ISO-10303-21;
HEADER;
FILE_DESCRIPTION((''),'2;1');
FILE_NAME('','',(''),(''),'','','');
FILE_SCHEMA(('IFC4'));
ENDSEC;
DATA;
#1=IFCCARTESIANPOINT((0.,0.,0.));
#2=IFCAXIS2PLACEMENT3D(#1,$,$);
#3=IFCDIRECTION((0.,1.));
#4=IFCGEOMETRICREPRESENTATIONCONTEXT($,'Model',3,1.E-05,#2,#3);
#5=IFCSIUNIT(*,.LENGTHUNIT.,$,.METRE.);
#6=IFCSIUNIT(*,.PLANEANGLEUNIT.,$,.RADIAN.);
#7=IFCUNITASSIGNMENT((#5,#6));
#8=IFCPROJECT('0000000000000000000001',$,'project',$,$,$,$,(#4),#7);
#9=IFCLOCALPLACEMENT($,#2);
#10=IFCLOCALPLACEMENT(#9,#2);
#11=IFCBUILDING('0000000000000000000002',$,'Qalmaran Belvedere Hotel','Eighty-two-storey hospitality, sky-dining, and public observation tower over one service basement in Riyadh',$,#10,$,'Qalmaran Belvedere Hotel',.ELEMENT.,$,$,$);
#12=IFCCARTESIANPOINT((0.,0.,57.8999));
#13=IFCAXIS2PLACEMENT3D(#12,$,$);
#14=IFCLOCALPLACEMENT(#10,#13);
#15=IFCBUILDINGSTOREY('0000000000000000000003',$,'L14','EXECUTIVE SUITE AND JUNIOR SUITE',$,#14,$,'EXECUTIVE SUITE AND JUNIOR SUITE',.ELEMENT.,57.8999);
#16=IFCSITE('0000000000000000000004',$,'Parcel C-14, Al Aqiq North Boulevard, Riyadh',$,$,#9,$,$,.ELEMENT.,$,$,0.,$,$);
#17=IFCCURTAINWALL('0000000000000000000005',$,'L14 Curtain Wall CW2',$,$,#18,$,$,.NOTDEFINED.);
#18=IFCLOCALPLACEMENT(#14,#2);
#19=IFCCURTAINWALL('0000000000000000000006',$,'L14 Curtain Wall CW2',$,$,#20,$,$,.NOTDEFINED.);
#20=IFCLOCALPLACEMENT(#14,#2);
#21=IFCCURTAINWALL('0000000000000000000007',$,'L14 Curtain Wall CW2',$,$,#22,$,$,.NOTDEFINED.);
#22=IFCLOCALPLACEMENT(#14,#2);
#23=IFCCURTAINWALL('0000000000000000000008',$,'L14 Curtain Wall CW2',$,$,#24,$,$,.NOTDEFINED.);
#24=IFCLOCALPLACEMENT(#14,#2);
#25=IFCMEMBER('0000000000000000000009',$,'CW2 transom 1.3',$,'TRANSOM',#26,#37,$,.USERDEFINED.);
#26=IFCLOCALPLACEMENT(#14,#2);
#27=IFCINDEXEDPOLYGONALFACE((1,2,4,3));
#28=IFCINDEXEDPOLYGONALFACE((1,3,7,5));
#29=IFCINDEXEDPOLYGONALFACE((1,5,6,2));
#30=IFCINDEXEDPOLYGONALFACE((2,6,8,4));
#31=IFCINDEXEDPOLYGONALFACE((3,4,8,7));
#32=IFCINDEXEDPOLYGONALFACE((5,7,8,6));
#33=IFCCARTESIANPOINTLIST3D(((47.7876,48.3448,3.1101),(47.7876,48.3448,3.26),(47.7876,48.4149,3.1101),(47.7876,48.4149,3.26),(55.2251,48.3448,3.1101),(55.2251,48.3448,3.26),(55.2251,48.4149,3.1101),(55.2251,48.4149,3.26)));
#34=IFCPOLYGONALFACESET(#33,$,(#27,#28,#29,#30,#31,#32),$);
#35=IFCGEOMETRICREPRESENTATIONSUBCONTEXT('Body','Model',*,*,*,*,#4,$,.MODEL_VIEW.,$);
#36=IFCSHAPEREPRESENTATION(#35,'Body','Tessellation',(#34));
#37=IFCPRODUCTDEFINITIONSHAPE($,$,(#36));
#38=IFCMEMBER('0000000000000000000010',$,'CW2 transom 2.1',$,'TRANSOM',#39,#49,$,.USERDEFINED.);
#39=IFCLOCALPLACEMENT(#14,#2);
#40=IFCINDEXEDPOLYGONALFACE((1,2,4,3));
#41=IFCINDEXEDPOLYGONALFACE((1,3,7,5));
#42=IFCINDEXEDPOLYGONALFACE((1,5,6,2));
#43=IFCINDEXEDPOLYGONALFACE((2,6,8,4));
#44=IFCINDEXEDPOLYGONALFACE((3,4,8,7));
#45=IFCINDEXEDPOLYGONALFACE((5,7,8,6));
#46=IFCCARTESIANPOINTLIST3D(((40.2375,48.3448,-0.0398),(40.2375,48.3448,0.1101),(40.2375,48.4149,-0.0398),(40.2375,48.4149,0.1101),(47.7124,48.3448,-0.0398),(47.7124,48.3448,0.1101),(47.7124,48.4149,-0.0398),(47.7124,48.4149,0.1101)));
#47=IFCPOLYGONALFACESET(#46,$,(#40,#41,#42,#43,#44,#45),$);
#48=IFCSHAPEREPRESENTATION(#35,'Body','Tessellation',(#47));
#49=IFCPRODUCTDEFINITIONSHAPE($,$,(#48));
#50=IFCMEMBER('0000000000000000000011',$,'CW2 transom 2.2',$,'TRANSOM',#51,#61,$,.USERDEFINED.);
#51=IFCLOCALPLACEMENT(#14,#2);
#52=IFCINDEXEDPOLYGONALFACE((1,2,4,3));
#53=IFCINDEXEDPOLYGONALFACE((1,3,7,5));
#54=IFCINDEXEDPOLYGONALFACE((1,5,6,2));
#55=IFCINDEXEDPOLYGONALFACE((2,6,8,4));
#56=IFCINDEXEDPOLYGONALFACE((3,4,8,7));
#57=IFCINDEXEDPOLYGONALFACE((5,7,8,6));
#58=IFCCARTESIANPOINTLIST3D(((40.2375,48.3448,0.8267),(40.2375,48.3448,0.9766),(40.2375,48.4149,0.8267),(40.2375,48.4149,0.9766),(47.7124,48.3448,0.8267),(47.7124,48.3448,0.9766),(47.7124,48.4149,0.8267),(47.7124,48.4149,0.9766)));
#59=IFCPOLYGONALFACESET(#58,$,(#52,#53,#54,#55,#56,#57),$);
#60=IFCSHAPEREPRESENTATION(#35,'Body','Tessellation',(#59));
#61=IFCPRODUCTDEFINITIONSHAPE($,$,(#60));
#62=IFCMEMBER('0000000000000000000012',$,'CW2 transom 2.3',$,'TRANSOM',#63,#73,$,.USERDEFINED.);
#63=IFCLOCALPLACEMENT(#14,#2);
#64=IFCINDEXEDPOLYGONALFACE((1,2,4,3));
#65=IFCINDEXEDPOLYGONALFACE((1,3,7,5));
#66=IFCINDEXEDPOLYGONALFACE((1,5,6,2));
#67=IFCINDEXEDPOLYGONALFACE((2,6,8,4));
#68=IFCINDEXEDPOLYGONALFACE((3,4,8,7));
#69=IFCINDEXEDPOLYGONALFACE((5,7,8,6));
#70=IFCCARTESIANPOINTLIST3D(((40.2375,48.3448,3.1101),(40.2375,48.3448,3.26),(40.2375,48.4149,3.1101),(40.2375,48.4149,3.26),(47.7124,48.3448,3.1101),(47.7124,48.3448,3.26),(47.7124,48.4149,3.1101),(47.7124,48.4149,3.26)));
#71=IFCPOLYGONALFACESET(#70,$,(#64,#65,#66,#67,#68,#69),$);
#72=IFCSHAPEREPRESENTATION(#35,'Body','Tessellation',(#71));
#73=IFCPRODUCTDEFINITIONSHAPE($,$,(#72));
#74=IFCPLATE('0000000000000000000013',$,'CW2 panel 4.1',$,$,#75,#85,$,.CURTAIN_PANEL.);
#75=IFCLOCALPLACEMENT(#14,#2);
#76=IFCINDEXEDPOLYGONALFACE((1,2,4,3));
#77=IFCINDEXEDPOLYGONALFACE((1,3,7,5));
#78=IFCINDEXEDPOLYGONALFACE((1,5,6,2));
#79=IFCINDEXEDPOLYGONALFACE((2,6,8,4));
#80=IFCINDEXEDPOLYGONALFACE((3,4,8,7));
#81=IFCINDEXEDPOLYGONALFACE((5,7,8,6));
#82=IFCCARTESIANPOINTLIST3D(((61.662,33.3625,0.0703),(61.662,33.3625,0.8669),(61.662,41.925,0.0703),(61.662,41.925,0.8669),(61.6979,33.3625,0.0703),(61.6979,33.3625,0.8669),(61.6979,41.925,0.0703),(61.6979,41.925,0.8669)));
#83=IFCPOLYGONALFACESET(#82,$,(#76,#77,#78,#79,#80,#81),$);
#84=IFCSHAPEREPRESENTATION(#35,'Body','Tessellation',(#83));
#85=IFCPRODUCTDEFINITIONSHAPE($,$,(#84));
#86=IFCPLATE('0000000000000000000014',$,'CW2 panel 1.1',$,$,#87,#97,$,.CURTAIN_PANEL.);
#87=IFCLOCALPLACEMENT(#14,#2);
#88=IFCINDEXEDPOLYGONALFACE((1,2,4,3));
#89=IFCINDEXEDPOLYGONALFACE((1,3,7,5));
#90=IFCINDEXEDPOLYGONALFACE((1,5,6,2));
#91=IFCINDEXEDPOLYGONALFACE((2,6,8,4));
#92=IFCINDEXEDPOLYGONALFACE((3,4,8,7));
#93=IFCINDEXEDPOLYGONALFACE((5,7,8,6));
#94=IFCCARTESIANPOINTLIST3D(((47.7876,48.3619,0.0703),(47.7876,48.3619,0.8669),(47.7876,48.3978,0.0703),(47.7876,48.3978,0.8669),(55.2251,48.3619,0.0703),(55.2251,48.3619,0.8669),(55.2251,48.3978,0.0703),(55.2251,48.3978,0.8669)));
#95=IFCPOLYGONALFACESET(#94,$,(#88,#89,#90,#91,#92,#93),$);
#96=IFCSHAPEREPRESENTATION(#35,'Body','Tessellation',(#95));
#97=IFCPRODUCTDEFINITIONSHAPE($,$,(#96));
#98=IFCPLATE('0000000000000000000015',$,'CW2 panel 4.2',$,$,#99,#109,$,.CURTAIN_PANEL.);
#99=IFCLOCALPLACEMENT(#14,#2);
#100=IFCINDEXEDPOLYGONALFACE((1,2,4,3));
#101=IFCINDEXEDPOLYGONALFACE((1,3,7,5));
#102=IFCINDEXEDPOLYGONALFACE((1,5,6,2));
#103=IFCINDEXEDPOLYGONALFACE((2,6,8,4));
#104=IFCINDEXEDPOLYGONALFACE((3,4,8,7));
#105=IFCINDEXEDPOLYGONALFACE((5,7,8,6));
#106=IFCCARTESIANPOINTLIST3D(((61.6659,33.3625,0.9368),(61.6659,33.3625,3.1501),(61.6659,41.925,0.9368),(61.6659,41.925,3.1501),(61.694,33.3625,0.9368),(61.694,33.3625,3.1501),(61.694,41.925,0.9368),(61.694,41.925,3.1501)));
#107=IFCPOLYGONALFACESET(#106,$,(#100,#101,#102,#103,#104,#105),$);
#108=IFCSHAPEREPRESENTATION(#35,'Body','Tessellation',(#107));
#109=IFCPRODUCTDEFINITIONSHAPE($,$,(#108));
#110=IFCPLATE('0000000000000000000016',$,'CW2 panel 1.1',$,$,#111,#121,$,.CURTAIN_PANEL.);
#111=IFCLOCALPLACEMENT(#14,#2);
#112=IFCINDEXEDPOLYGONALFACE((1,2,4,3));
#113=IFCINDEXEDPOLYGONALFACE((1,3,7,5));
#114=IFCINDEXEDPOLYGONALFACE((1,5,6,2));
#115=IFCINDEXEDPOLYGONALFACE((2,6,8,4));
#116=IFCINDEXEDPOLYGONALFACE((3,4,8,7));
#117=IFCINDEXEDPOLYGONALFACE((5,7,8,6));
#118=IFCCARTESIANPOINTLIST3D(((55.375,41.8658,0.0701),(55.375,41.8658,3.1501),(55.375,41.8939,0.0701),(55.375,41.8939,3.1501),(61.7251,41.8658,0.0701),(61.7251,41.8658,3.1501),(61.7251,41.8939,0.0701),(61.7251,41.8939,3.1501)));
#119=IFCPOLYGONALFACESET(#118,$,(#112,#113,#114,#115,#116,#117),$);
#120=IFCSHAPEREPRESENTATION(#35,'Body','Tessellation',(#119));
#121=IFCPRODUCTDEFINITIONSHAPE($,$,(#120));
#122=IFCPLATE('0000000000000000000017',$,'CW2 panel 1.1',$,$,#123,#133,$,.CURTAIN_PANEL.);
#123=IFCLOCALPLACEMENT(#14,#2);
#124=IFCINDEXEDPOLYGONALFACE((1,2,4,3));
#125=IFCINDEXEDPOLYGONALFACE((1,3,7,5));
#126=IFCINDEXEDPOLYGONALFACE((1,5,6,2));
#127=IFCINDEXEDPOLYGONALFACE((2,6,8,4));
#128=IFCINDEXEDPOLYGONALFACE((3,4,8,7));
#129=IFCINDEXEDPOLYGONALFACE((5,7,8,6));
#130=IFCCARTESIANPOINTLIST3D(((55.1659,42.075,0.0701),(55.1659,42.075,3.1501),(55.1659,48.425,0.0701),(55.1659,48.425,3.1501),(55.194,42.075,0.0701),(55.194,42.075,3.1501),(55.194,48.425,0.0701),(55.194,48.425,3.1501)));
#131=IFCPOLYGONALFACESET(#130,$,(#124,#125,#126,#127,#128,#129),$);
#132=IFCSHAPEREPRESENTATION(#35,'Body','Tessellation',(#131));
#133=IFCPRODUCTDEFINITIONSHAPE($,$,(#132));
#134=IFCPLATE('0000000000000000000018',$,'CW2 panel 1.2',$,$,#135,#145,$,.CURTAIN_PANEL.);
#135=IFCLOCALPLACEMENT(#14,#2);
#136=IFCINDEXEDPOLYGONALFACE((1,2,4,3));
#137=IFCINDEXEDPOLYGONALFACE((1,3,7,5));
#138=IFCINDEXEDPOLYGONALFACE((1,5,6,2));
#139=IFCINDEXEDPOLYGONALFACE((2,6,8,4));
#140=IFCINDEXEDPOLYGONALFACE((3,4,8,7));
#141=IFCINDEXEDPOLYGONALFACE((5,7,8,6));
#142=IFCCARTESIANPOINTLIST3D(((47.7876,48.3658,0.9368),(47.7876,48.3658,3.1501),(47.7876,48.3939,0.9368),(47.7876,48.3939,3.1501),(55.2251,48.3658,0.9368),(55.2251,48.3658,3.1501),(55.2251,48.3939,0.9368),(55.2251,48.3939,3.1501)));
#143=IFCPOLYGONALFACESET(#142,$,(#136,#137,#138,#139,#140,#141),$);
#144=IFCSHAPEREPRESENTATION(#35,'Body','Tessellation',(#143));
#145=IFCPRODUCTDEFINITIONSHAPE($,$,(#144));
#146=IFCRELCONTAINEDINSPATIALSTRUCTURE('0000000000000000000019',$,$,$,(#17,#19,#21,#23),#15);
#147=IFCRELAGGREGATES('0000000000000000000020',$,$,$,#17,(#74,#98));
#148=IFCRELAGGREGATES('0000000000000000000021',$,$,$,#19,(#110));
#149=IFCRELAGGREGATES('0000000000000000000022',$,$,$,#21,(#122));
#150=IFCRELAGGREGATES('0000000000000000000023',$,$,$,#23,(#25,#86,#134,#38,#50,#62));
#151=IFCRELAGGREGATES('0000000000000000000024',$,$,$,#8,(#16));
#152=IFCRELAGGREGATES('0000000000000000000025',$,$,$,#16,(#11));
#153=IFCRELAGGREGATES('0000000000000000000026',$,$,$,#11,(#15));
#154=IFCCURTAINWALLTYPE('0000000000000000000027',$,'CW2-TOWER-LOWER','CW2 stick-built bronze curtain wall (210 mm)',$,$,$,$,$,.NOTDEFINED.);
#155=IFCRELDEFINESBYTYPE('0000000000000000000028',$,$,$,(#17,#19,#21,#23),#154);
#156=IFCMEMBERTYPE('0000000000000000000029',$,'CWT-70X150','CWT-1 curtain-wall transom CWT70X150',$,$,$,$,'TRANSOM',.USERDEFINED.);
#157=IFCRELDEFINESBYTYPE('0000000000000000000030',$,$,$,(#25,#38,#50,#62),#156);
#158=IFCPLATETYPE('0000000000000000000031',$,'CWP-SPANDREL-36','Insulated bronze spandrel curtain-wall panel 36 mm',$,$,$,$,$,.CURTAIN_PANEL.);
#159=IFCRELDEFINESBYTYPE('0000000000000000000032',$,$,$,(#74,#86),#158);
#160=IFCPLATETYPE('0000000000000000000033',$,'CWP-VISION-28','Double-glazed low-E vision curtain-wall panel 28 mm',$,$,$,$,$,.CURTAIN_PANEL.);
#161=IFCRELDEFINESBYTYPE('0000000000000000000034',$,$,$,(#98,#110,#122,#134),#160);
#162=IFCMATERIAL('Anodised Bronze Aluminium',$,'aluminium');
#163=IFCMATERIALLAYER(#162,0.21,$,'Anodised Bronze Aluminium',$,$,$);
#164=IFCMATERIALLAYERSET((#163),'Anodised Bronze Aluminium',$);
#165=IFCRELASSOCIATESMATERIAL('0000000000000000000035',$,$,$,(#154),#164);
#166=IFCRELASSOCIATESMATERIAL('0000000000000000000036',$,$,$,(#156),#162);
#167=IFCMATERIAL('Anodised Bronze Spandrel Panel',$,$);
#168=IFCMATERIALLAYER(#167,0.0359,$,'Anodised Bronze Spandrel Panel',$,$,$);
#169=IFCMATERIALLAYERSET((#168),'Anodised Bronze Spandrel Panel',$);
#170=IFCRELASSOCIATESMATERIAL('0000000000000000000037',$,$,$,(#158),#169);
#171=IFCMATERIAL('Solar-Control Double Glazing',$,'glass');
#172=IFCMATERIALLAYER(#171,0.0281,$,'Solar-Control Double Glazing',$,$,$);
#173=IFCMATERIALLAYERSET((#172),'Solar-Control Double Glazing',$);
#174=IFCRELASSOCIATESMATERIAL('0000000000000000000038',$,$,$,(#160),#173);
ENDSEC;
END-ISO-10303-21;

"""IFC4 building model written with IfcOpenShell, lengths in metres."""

from ifc_helpers import new_model, si_unit, direction, frame, origin, origin_2d, place, context, subcontext, project, spatial, rectangle, extrude, material, layer, layer_set, material_profile, profile_set, type_object, element, aggregate, save


model = new_model("IFC4")

# Units and contexts
model_context = context("Model", 3, precision=1e-05, world=origin(), true_north=direction((0.0, 1.0)))
body_context = subcontext(model_context, "Body", "Model", "MODEL_VIEW")
ifc_project = project(units=[si_unit("LENGTHUNIT", "METRE"), si_unit("PLANEANGLEUNIT", "RADIAN")], contexts=[model_context])

# Site, building, storey
site_placement = place(None, origin())
site = spatial("IfcSite", under=ifc_project, at=site_placement, Name="Parcel C-14, Al Aqiq North Boulevard, Riyadh", CompositionType="ELEMENT", RefElevation=0.0)
building_placement = place(site_placement, origin())
building = spatial("IfcBuilding", under=site, at=building_placement, Name="Qalmaran Belvedere Hotel", Description="Eighty-two-storey hospitality, sky-dining, and public observation tower over one service basement in Riyadh", LongName="Qalmaran Belvedere Hotel", CompositionType="ELEMENT")
storey_placement = place(building_placement, frame((0.0, 0.0, 57.8999)))
storey = spatial("IfcBuildingStorey", under=building, at=storey_placement, Name="L14", Description="EXECUTIVE SUITE AND JUNIOR SUITE", LongName="EXECUTIVE SUITE AND JUNIOR SUITE", CompositionType="ELEMENT", Elevation=57.8999)

# Curtain wall
ifc_material_1 = material(Name="Anodised Bronze Aluminium", Category="aluminium")
ifc_layer_1 = layer(ifc_material_1, 0.21, Name="Anodised Bronze Aluminium")
ifc_layer_set_1 = layer_set([ifc_layer_1], Name="Anodised Bronze Aluminium")
curtain_wall_type = type_object("IfcCurtainWallType", Name="CW2-TOWER-LOWER", Description="CW2 stick-built bronze curtain wall (210 mm)", PredefinedType="NOTDEFINED", material=ifc_layer_set_1)
curtain_wall_1_placement = place(storey_placement, origin())
curtain_wall_1 = element("IfcCurtainWall", 1, at=curtain_wall_1_placement, inside=storey, type_object=curtain_wall_type, Name="L14 Curtain Wall CW2", PredefinedType="NOTDEFINED")

# Curtain walls
curtain_wall_2_placement = place(storey_placement, origin())
curtain_wall_2 = element("IfcCurtainWall", 2, at=curtain_wall_2_placement, inside=storey, type_object=curtain_wall_type, Name="L14 Curtain Wall CW2", PredefinedType="NOTDEFINED")
curtain_wall_3_placement = place(storey_placement, origin())
curtain_wall_3 = element("IfcCurtainWall", 3, at=curtain_wall_3_placement, inside=storey, type_object=curtain_wall_type, Name="L14 Curtain Wall CW2", PredefinedType="NOTDEFINED")
curtain_wall_4_placement = place(storey_placement, origin())
curtain_wall_4 = element("IfcCurtainWall", 4, at=curtain_wall_4_placement, inside=storey, type_object=curtain_wall_type, Name="L14 Curtain Wall CW2", PredefinedType="NOTDEFINED")

# Members
ifc_material_profile_1 = material_profile(ifc_material_1, rectangle(XDim=0.0701, YDim=0.1499, at=origin_2d()), Name="CWT70X150")
ifc_profile_set_1 = profile_set([ifc_material_profile_1], Name="Anodised Bronze Aluminium")
member_type_1 = type_object("IfcMemberType", Name="CWT-70X150", Description="CWT-1 curtain-wall transom CWT70X150", ElementType="TRANSOM", PredefinedType="USERDEFINED", material=ifc_profile_set_1)
member_1_placement = place(storey_placement, frame((55.2251, 48.3799, 3.1851), z_axis=(-1.0, 0.0, 0.0), x_axis=(0.0, -1.0, 0.0)))
member_1 = element("IfcMember", 5, at=member_1_placement, type_object=member_type_1, Name="CW2 transom 1.3", ObjectType="TRANSOM", PredefinedType="USERDEFINED", context=body_context, shape_type="SweptSolid", body=[
    extrude(rectangle(XDim=0.0701, YDim=0.1499, at=origin_2d()), origin(), (0.0, 0.0, 1.0), 7.4375),
])
member_2_placement = place(storey_placement, frame((47.7124, 48.3799, 0.0352), z_axis=(-1.0, 0.0, 0.0), x_axis=(0.0, -1.0, 0.0)))
member_2 = element("IfcMember", 6, at=member_2_placement, type_object=member_type_1, Name="CW2 transom 2.1", ObjectType="TRANSOM", PredefinedType="USERDEFINED", context=body_context, shape_type="SweptSolid", body=[
    extrude(rectangle(XDim=0.0701, YDim=0.1499, at=origin_2d()), origin(), (0.0, 0.0, 1.0), 7.4749),
])
member_3_placement = place(storey_placement, frame((47.7124, 48.3799, 0.9016), z_axis=(-1.0, 0.0, 0.0), x_axis=(0.0, -1.0, 0.0)))
member_3 = element("IfcMember", 7, at=member_3_placement, type_object=member_type_1, Name="CW2 transom 2.2", ObjectType="TRANSOM", PredefinedType="USERDEFINED", context=body_context, shape_type="SweptSolid", body=[
    extrude(rectangle(XDim=0.0701, YDim=0.1499, at=origin_2d()), origin(), (0.0, 0.0, 1.0), 7.4749),
])
member_4_placement = place(storey_placement, frame((47.7124, 48.3799, 3.1851), z_axis=(-1.0, 0.0, 0.0), x_axis=(0.0, -1.0, 0.0)))
member_4 = element("IfcMember", 8, at=member_4_placement, type_object=member_type_1, Name="CW2 transom 2.3", ObjectType="TRANSOM", PredefinedType="USERDEFINED", context=body_context, shape_type="SweptSolid", body=[
    extrude(rectangle(XDim=0.0701, YDim=0.1499, at=origin_2d()), origin(), (0.0, 0.0, 1.0), 7.4749),
])

# Plates
ifc_material_2 = material(Name="Anodised Bronze Spandrel Panel")
ifc_layer_2 = layer(ifc_material_2, 0.0359, Name="Anodised Bronze Spandrel Panel")
ifc_layer_set_2 = layer_set([ifc_layer_2], Name="Anodised Bronze Spandrel Panel")
plate_type_1 = type_object("IfcPlateType", Name="CWP-SPANDREL-36", Description="Insulated bronze spandrel curtain-wall panel 36 mm", PredefinedType="CURTAIN_PANEL", material=ifc_layer_set_2)
plate_1_placement = place(storey_placement, frame((61.6799, 37.6438, 0.0703), z_axis=(0.0, 0.0, 1.0), x_axis=(0.0, 1.0, 0.0)))
plate_1 = element("IfcPlate", 9, at=plate_1_placement, type_object=plate_type_1, Name="CW2 panel 4.1", PredefinedType="CURTAIN_PANEL", context=body_context, shape_type="SweptSolid", body=[
    extrude(rectangle(XDim=8.5625, YDim=0.0359, at=origin_2d()), origin(), (0.0, 0.0, 1.0), 0.7966),
])
plate_2_placement = place(storey_placement, frame((51.5063, 48.3799, 0.0703), z_axis=(0.0, 0.0, 1.0), x_axis=(-1.0, 0.0, 0.0)))
plate_2 = element("IfcPlate", 10, at=plate_2_placement, type_object=plate_type_1, Name="CW2 panel 1.1", PredefinedType="CURTAIN_PANEL", context=body_context, shape_type="SweptSolid", body=[
    extrude(rectangle(XDim=7.4375, YDim=0.0359, at=origin_2d()), origin(), (0.0, 0.0, 1.0), 0.7966),
])
ifc_material_3 = material(Name="Solar-Control Double Glazing", Category="glass")
ifc_layer_3 = layer(ifc_material_3, 0.0281, Name="Solar-Control Double Glazing")
ifc_layer_set_3 = layer_set([ifc_layer_3], Name="Solar-Control Double Glazing")
plate_type_2 = type_object("IfcPlateType", Name="CWP-VISION-28", Description="Double-glazed low-E vision curtain-wall panel 28 mm", PredefinedType="CURTAIN_PANEL", material=ifc_layer_set_3)
plate_3_placement = place(storey_placement, frame((61.6799, 37.6438, 0.9368), z_axis=(0.0, 0.0, 1.0), x_axis=(0.0, 1.0, 0.0)))
plate_3 = element("IfcPlate", 11, at=plate_3_placement, type_object=plate_type_2, Name="CW2 panel 4.2", PredefinedType="CURTAIN_PANEL", context=body_context, shape_type="SweptSolid", body=[
    extrude(rectangle(XDim=8.5625, YDim=0.0281, at=origin_2d()), origin(), (0.0, 0.0, 1.0), 2.2134),
])
aggregate(curtain_wall_1, [plate_1, plate_3])
plate_4_placement = place(storey_placement, frame((58.55, 41.8799, 0.0701), z_axis=(0.0, 0.0, 1.0), x_axis=(-1.0, 0.0, 0.0)))
plate_4 = element("IfcPlate", 12, at=plate_4_placement, type_object=plate_type_2, Name="CW2 panel 1.1", PredefinedType="CURTAIN_PANEL", context=body_context, shape_type="SweptSolid", body=[
    extrude(rectangle(XDim=6.3501, YDim=0.0281, at=origin_2d()), origin(), (0.0, 0.0, 1.0), 3.0801),
])
aggregate(curtain_wall_2, [plate_4])
plate_5_placement = place(storey_placement, frame((55.1799, 45.25, 0.0701), z_axis=(0.0, 0.0, 1.0), x_axis=(0.0, 1.0, 0.0)))
plate_5 = element("IfcPlate", 13, at=plate_5_placement, type_object=plate_type_2, Name="CW2 panel 1.1", PredefinedType="CURTAIN_PANEL", context=body_context, shape_type="SweptSolid", body=[
    extrude(rectangle(XDim=6.3501, YDim=0.0281, at=origin_2d()), origin(), (0.0, 0.0, 1.0), 3.0801),
])
aggregate(curtain_wall_3, [plate_5])
plate_6_placement = place(storey_placement, frame((51.5063, 48.3799, 0.9368), z_axis=(0.0, 0.0, 1.0), x_axis=(-1.0, 0.0, 0.0)))
plate_6 = element("IfcPlate", 14, at=plate_6_placement, type_object=plate_type_2, Name="CW2 panel 1.2", PredefinedType="CURTAIN_PANEL", context=body_context, shape_type="SweptSolid", body=[
    extrude(rectangle(XDim=7.4375, YDim=0.0281, at=origin_2d()), origin(), (0.0, 0.0, 1.0), 2.2134),
])
aggregate(curtain_wall_4, [member_1, plate_2, plate_6, member_2, member_3, member_4])

save(model, "model.ifc")
